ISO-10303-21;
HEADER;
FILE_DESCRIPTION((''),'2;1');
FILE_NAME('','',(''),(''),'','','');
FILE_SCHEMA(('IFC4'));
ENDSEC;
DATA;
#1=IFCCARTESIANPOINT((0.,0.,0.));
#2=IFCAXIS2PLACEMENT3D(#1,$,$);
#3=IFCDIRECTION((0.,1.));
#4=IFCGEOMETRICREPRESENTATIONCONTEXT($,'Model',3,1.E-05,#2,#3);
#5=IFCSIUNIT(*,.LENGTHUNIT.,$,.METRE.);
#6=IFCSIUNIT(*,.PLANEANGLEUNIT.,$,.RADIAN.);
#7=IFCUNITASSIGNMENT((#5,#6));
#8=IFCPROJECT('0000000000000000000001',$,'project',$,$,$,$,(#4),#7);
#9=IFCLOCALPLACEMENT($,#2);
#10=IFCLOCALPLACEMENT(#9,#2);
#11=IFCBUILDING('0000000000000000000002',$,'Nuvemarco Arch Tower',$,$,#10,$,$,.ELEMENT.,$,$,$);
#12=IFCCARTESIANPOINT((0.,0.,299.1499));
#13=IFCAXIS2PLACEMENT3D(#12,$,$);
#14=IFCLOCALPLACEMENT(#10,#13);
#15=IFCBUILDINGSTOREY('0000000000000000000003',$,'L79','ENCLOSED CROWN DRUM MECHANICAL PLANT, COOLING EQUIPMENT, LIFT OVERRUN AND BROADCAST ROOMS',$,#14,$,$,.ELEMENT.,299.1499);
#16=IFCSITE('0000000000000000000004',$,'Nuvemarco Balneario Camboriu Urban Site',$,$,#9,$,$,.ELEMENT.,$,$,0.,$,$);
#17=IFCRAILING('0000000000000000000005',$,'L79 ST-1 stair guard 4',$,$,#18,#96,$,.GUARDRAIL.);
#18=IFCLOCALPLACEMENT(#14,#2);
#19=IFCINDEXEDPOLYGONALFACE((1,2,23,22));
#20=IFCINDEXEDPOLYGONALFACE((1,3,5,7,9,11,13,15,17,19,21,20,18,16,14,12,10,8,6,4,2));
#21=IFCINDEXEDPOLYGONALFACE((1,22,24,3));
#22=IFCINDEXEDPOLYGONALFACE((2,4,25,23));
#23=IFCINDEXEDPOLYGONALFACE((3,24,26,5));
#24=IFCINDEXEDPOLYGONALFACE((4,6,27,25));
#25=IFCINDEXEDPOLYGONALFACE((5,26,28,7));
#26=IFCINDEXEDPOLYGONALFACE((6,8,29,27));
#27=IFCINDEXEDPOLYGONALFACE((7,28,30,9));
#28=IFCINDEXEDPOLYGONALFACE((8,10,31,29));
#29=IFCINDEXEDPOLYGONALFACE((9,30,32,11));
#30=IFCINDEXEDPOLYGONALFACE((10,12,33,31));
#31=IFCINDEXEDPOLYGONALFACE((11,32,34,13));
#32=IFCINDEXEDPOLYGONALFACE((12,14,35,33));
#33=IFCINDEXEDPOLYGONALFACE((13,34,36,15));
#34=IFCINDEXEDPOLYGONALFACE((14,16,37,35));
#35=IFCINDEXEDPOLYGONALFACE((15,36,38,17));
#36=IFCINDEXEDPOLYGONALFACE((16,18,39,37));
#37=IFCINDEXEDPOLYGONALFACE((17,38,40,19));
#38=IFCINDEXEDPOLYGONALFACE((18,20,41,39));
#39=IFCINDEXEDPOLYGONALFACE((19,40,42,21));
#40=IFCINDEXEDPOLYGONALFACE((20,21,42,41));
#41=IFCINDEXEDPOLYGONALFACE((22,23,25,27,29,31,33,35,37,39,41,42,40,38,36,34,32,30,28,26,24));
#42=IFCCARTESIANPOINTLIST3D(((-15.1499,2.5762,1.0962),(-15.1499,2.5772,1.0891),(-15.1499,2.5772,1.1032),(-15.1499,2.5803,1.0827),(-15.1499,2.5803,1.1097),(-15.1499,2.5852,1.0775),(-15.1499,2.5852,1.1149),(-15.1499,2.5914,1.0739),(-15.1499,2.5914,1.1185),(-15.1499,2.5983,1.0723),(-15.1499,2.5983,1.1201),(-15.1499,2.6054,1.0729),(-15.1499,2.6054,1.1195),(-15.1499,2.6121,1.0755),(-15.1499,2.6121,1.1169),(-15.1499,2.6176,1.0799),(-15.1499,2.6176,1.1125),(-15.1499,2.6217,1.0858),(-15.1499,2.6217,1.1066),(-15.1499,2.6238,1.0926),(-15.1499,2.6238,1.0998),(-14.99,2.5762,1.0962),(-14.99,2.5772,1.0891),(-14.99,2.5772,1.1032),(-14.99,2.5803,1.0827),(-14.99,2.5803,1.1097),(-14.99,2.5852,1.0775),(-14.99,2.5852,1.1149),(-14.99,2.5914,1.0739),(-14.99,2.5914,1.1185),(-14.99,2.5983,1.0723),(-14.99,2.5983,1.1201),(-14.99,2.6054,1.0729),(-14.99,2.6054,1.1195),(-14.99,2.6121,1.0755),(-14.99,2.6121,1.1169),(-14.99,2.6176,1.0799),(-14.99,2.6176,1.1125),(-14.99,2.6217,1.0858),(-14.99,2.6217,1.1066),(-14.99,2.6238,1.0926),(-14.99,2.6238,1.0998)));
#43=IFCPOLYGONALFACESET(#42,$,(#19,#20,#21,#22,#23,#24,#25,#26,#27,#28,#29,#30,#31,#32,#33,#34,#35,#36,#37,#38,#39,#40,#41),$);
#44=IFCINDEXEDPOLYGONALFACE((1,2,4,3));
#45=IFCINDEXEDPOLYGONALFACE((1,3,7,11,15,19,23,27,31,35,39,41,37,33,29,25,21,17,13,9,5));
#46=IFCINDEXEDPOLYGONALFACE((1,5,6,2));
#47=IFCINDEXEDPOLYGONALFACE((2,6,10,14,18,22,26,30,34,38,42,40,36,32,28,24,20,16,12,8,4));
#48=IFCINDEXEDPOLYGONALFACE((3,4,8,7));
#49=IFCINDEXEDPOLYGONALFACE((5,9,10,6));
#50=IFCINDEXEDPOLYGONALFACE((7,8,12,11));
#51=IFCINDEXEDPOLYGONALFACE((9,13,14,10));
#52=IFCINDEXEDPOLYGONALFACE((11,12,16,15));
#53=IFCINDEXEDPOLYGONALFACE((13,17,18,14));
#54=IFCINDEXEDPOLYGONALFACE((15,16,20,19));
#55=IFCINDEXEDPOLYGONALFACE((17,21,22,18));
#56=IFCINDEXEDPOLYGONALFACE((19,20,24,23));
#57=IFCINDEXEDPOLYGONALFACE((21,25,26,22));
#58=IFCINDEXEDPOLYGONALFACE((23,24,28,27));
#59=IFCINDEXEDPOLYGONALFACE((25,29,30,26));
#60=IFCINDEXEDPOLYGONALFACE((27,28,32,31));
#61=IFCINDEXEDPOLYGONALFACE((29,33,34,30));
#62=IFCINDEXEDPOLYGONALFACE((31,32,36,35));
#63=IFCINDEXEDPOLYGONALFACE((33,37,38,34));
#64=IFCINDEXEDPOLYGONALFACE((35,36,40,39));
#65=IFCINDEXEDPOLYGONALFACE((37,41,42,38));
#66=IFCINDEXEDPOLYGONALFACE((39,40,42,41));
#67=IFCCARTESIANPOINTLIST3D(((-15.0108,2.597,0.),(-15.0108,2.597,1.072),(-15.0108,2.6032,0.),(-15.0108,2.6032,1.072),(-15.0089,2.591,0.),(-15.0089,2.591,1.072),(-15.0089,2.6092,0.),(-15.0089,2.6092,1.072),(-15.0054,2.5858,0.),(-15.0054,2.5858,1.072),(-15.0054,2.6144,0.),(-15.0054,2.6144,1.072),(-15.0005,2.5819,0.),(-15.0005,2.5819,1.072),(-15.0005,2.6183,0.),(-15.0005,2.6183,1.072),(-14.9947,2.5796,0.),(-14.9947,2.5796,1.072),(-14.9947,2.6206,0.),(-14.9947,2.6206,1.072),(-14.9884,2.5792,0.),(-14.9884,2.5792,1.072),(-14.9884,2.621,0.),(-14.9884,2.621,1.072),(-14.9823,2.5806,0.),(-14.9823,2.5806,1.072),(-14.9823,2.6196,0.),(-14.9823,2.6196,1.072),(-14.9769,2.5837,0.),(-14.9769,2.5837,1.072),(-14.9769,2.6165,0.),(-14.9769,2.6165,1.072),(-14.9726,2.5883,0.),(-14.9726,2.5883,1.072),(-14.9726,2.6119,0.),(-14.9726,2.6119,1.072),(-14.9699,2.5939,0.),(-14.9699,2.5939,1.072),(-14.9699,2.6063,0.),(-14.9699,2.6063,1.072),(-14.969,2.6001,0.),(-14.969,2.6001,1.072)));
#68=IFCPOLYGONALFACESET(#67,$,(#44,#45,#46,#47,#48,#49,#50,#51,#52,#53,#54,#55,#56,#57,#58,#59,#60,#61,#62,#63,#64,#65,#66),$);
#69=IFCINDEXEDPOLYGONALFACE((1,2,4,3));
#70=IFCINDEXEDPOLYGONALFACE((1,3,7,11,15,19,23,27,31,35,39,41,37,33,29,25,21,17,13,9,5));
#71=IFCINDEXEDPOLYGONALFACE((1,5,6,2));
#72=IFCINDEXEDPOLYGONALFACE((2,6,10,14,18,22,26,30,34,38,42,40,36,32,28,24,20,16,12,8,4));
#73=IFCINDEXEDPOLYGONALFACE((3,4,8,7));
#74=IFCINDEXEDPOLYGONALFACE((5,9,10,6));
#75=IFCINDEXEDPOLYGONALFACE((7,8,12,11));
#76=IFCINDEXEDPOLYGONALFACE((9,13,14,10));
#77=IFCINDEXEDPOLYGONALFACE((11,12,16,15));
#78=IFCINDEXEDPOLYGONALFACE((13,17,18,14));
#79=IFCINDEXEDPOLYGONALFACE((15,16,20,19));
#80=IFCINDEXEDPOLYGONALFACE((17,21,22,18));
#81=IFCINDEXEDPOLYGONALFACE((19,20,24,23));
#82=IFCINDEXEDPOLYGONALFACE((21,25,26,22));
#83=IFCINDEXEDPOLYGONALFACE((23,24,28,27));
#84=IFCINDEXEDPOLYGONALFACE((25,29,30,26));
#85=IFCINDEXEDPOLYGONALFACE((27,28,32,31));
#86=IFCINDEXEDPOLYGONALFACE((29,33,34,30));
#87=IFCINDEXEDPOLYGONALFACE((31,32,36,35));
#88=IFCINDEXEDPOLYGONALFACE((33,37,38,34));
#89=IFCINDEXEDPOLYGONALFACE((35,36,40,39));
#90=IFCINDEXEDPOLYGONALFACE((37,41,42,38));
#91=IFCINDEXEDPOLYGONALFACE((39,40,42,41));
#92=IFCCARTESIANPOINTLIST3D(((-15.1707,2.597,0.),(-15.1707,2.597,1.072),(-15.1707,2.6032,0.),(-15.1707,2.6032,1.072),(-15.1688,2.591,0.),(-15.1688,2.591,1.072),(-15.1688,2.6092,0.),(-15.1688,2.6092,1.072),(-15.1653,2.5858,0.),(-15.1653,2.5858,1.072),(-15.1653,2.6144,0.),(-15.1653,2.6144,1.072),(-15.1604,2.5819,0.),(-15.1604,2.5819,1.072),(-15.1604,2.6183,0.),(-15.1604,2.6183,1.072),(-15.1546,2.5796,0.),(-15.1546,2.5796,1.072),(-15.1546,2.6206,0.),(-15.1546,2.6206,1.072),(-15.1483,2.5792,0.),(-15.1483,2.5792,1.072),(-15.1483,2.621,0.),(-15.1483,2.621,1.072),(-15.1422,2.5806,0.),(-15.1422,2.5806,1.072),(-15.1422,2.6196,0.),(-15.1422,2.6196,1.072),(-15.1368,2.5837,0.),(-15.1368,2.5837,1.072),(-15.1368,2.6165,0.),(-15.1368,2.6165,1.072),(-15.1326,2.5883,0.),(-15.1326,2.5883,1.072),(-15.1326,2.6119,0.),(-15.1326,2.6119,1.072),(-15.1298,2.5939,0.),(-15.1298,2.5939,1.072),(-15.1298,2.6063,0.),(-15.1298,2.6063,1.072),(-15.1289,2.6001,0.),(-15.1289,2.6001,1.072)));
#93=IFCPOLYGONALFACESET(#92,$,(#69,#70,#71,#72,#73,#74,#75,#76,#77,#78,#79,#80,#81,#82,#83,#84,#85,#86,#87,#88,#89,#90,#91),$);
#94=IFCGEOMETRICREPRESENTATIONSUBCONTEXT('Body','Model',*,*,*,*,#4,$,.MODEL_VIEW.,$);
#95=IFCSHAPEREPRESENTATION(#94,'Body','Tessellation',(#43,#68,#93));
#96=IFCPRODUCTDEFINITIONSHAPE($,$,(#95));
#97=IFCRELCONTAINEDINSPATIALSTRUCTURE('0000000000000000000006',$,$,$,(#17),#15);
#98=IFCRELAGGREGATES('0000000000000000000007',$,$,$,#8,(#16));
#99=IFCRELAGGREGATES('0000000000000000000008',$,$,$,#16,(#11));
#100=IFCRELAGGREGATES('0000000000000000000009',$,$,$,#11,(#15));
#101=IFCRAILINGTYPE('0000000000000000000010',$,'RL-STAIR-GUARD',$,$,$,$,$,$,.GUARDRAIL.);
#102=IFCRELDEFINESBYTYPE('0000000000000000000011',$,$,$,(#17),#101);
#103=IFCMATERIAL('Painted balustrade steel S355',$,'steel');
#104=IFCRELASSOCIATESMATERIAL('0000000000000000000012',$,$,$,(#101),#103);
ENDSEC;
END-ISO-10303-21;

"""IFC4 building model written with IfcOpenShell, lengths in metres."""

from ifc_helpers import new_model, si_unit, direction, frame, origin, origin_2d, place, context, subcontext, project, spatial, circle, extrude, material, type_object, element, save


model = new_model("IFC4")

# Units and contexts
model_context = context("Model", 3, precision=1e-05, world=origin(), true_north=direction((0.0, 1.0)))
body_context = subcontext(model_context, "Body", "Model", "MODEL_VIEW")
ifc_project = project(units=[si_unit("LENGTHUNIT", "METRE"), si_unit("PLANEANGLEUNIT", "RADIAN")], contexts=[model_context])

# Site, building, storey
site_placement = place(None, origin())
site = spatial("IfcSite", under=ifc_project, at=site_placement, Name="Nuvemarco Balneario Camboriu Urban Site", CompositionType="ELEMENT", RefElevation=0.0)
building_placement = place(site_placement, origin())
building = spatial("IfcBuilding", under=site, at=building_placement, Name="Nuvemarco Arch Tower", CompositionType="ELEMENT")
storey_placement = place(building_placement, frame((0.0, 0.0, 299.1499)))
storey = spatial("IfcBuildingStorey", under=building, at=storey_placement, Name="L79", Description="ENCLOSED CROWN DRUM MECHANICAL PLANT, COOLING EQUIPMENT, LIFT OVERRUN AND BROADCAST ROOMS", CompositionType="ELEMENT", Elevation=299.1499)

# Railing
ifc_material_1 = material(Name="Painted balustrade steel S355", Category="steel")
railing_type_1 = type_object("IfcRailingType", Name="RL-STAIR-GUARD", PredefinedType="GUARDRAIL", material=ifc_material_1)
railing_1_placement = place(storey_placement, frame((-14.99, 2.6001, 0.0)))
element("IfcRailing", 1, at=railing_1_placement, inside=storey, type_object=railing_type_1, Name="L79 ST-1 stair guard 4", PredefinedType="GUARDRAIL", context=body_context, shape_type="SweptSolid", body=[
    extrude(circle(Radius=0.0239, at=origin_2d()), frame((0.0, 0.0, 1.0962), z_axis=(-1.0, 0.0, 0.0), x_axis=(0.0, -1.0, 0.0)), (0.0, 0.0, 1.0), 0.1599),
    extrude(circle(Radius=0.021, at=origin_2d()), origin(), (0.0, 0.0, 1.0), 1.072),
    extrude(circle(Radius=0.021, at=origin_2d()), frame((-0.1599, 0.0, 0.0)), (0.0, 0.0, 1.0), 1.072),
])

save(model, "model.ifc")
